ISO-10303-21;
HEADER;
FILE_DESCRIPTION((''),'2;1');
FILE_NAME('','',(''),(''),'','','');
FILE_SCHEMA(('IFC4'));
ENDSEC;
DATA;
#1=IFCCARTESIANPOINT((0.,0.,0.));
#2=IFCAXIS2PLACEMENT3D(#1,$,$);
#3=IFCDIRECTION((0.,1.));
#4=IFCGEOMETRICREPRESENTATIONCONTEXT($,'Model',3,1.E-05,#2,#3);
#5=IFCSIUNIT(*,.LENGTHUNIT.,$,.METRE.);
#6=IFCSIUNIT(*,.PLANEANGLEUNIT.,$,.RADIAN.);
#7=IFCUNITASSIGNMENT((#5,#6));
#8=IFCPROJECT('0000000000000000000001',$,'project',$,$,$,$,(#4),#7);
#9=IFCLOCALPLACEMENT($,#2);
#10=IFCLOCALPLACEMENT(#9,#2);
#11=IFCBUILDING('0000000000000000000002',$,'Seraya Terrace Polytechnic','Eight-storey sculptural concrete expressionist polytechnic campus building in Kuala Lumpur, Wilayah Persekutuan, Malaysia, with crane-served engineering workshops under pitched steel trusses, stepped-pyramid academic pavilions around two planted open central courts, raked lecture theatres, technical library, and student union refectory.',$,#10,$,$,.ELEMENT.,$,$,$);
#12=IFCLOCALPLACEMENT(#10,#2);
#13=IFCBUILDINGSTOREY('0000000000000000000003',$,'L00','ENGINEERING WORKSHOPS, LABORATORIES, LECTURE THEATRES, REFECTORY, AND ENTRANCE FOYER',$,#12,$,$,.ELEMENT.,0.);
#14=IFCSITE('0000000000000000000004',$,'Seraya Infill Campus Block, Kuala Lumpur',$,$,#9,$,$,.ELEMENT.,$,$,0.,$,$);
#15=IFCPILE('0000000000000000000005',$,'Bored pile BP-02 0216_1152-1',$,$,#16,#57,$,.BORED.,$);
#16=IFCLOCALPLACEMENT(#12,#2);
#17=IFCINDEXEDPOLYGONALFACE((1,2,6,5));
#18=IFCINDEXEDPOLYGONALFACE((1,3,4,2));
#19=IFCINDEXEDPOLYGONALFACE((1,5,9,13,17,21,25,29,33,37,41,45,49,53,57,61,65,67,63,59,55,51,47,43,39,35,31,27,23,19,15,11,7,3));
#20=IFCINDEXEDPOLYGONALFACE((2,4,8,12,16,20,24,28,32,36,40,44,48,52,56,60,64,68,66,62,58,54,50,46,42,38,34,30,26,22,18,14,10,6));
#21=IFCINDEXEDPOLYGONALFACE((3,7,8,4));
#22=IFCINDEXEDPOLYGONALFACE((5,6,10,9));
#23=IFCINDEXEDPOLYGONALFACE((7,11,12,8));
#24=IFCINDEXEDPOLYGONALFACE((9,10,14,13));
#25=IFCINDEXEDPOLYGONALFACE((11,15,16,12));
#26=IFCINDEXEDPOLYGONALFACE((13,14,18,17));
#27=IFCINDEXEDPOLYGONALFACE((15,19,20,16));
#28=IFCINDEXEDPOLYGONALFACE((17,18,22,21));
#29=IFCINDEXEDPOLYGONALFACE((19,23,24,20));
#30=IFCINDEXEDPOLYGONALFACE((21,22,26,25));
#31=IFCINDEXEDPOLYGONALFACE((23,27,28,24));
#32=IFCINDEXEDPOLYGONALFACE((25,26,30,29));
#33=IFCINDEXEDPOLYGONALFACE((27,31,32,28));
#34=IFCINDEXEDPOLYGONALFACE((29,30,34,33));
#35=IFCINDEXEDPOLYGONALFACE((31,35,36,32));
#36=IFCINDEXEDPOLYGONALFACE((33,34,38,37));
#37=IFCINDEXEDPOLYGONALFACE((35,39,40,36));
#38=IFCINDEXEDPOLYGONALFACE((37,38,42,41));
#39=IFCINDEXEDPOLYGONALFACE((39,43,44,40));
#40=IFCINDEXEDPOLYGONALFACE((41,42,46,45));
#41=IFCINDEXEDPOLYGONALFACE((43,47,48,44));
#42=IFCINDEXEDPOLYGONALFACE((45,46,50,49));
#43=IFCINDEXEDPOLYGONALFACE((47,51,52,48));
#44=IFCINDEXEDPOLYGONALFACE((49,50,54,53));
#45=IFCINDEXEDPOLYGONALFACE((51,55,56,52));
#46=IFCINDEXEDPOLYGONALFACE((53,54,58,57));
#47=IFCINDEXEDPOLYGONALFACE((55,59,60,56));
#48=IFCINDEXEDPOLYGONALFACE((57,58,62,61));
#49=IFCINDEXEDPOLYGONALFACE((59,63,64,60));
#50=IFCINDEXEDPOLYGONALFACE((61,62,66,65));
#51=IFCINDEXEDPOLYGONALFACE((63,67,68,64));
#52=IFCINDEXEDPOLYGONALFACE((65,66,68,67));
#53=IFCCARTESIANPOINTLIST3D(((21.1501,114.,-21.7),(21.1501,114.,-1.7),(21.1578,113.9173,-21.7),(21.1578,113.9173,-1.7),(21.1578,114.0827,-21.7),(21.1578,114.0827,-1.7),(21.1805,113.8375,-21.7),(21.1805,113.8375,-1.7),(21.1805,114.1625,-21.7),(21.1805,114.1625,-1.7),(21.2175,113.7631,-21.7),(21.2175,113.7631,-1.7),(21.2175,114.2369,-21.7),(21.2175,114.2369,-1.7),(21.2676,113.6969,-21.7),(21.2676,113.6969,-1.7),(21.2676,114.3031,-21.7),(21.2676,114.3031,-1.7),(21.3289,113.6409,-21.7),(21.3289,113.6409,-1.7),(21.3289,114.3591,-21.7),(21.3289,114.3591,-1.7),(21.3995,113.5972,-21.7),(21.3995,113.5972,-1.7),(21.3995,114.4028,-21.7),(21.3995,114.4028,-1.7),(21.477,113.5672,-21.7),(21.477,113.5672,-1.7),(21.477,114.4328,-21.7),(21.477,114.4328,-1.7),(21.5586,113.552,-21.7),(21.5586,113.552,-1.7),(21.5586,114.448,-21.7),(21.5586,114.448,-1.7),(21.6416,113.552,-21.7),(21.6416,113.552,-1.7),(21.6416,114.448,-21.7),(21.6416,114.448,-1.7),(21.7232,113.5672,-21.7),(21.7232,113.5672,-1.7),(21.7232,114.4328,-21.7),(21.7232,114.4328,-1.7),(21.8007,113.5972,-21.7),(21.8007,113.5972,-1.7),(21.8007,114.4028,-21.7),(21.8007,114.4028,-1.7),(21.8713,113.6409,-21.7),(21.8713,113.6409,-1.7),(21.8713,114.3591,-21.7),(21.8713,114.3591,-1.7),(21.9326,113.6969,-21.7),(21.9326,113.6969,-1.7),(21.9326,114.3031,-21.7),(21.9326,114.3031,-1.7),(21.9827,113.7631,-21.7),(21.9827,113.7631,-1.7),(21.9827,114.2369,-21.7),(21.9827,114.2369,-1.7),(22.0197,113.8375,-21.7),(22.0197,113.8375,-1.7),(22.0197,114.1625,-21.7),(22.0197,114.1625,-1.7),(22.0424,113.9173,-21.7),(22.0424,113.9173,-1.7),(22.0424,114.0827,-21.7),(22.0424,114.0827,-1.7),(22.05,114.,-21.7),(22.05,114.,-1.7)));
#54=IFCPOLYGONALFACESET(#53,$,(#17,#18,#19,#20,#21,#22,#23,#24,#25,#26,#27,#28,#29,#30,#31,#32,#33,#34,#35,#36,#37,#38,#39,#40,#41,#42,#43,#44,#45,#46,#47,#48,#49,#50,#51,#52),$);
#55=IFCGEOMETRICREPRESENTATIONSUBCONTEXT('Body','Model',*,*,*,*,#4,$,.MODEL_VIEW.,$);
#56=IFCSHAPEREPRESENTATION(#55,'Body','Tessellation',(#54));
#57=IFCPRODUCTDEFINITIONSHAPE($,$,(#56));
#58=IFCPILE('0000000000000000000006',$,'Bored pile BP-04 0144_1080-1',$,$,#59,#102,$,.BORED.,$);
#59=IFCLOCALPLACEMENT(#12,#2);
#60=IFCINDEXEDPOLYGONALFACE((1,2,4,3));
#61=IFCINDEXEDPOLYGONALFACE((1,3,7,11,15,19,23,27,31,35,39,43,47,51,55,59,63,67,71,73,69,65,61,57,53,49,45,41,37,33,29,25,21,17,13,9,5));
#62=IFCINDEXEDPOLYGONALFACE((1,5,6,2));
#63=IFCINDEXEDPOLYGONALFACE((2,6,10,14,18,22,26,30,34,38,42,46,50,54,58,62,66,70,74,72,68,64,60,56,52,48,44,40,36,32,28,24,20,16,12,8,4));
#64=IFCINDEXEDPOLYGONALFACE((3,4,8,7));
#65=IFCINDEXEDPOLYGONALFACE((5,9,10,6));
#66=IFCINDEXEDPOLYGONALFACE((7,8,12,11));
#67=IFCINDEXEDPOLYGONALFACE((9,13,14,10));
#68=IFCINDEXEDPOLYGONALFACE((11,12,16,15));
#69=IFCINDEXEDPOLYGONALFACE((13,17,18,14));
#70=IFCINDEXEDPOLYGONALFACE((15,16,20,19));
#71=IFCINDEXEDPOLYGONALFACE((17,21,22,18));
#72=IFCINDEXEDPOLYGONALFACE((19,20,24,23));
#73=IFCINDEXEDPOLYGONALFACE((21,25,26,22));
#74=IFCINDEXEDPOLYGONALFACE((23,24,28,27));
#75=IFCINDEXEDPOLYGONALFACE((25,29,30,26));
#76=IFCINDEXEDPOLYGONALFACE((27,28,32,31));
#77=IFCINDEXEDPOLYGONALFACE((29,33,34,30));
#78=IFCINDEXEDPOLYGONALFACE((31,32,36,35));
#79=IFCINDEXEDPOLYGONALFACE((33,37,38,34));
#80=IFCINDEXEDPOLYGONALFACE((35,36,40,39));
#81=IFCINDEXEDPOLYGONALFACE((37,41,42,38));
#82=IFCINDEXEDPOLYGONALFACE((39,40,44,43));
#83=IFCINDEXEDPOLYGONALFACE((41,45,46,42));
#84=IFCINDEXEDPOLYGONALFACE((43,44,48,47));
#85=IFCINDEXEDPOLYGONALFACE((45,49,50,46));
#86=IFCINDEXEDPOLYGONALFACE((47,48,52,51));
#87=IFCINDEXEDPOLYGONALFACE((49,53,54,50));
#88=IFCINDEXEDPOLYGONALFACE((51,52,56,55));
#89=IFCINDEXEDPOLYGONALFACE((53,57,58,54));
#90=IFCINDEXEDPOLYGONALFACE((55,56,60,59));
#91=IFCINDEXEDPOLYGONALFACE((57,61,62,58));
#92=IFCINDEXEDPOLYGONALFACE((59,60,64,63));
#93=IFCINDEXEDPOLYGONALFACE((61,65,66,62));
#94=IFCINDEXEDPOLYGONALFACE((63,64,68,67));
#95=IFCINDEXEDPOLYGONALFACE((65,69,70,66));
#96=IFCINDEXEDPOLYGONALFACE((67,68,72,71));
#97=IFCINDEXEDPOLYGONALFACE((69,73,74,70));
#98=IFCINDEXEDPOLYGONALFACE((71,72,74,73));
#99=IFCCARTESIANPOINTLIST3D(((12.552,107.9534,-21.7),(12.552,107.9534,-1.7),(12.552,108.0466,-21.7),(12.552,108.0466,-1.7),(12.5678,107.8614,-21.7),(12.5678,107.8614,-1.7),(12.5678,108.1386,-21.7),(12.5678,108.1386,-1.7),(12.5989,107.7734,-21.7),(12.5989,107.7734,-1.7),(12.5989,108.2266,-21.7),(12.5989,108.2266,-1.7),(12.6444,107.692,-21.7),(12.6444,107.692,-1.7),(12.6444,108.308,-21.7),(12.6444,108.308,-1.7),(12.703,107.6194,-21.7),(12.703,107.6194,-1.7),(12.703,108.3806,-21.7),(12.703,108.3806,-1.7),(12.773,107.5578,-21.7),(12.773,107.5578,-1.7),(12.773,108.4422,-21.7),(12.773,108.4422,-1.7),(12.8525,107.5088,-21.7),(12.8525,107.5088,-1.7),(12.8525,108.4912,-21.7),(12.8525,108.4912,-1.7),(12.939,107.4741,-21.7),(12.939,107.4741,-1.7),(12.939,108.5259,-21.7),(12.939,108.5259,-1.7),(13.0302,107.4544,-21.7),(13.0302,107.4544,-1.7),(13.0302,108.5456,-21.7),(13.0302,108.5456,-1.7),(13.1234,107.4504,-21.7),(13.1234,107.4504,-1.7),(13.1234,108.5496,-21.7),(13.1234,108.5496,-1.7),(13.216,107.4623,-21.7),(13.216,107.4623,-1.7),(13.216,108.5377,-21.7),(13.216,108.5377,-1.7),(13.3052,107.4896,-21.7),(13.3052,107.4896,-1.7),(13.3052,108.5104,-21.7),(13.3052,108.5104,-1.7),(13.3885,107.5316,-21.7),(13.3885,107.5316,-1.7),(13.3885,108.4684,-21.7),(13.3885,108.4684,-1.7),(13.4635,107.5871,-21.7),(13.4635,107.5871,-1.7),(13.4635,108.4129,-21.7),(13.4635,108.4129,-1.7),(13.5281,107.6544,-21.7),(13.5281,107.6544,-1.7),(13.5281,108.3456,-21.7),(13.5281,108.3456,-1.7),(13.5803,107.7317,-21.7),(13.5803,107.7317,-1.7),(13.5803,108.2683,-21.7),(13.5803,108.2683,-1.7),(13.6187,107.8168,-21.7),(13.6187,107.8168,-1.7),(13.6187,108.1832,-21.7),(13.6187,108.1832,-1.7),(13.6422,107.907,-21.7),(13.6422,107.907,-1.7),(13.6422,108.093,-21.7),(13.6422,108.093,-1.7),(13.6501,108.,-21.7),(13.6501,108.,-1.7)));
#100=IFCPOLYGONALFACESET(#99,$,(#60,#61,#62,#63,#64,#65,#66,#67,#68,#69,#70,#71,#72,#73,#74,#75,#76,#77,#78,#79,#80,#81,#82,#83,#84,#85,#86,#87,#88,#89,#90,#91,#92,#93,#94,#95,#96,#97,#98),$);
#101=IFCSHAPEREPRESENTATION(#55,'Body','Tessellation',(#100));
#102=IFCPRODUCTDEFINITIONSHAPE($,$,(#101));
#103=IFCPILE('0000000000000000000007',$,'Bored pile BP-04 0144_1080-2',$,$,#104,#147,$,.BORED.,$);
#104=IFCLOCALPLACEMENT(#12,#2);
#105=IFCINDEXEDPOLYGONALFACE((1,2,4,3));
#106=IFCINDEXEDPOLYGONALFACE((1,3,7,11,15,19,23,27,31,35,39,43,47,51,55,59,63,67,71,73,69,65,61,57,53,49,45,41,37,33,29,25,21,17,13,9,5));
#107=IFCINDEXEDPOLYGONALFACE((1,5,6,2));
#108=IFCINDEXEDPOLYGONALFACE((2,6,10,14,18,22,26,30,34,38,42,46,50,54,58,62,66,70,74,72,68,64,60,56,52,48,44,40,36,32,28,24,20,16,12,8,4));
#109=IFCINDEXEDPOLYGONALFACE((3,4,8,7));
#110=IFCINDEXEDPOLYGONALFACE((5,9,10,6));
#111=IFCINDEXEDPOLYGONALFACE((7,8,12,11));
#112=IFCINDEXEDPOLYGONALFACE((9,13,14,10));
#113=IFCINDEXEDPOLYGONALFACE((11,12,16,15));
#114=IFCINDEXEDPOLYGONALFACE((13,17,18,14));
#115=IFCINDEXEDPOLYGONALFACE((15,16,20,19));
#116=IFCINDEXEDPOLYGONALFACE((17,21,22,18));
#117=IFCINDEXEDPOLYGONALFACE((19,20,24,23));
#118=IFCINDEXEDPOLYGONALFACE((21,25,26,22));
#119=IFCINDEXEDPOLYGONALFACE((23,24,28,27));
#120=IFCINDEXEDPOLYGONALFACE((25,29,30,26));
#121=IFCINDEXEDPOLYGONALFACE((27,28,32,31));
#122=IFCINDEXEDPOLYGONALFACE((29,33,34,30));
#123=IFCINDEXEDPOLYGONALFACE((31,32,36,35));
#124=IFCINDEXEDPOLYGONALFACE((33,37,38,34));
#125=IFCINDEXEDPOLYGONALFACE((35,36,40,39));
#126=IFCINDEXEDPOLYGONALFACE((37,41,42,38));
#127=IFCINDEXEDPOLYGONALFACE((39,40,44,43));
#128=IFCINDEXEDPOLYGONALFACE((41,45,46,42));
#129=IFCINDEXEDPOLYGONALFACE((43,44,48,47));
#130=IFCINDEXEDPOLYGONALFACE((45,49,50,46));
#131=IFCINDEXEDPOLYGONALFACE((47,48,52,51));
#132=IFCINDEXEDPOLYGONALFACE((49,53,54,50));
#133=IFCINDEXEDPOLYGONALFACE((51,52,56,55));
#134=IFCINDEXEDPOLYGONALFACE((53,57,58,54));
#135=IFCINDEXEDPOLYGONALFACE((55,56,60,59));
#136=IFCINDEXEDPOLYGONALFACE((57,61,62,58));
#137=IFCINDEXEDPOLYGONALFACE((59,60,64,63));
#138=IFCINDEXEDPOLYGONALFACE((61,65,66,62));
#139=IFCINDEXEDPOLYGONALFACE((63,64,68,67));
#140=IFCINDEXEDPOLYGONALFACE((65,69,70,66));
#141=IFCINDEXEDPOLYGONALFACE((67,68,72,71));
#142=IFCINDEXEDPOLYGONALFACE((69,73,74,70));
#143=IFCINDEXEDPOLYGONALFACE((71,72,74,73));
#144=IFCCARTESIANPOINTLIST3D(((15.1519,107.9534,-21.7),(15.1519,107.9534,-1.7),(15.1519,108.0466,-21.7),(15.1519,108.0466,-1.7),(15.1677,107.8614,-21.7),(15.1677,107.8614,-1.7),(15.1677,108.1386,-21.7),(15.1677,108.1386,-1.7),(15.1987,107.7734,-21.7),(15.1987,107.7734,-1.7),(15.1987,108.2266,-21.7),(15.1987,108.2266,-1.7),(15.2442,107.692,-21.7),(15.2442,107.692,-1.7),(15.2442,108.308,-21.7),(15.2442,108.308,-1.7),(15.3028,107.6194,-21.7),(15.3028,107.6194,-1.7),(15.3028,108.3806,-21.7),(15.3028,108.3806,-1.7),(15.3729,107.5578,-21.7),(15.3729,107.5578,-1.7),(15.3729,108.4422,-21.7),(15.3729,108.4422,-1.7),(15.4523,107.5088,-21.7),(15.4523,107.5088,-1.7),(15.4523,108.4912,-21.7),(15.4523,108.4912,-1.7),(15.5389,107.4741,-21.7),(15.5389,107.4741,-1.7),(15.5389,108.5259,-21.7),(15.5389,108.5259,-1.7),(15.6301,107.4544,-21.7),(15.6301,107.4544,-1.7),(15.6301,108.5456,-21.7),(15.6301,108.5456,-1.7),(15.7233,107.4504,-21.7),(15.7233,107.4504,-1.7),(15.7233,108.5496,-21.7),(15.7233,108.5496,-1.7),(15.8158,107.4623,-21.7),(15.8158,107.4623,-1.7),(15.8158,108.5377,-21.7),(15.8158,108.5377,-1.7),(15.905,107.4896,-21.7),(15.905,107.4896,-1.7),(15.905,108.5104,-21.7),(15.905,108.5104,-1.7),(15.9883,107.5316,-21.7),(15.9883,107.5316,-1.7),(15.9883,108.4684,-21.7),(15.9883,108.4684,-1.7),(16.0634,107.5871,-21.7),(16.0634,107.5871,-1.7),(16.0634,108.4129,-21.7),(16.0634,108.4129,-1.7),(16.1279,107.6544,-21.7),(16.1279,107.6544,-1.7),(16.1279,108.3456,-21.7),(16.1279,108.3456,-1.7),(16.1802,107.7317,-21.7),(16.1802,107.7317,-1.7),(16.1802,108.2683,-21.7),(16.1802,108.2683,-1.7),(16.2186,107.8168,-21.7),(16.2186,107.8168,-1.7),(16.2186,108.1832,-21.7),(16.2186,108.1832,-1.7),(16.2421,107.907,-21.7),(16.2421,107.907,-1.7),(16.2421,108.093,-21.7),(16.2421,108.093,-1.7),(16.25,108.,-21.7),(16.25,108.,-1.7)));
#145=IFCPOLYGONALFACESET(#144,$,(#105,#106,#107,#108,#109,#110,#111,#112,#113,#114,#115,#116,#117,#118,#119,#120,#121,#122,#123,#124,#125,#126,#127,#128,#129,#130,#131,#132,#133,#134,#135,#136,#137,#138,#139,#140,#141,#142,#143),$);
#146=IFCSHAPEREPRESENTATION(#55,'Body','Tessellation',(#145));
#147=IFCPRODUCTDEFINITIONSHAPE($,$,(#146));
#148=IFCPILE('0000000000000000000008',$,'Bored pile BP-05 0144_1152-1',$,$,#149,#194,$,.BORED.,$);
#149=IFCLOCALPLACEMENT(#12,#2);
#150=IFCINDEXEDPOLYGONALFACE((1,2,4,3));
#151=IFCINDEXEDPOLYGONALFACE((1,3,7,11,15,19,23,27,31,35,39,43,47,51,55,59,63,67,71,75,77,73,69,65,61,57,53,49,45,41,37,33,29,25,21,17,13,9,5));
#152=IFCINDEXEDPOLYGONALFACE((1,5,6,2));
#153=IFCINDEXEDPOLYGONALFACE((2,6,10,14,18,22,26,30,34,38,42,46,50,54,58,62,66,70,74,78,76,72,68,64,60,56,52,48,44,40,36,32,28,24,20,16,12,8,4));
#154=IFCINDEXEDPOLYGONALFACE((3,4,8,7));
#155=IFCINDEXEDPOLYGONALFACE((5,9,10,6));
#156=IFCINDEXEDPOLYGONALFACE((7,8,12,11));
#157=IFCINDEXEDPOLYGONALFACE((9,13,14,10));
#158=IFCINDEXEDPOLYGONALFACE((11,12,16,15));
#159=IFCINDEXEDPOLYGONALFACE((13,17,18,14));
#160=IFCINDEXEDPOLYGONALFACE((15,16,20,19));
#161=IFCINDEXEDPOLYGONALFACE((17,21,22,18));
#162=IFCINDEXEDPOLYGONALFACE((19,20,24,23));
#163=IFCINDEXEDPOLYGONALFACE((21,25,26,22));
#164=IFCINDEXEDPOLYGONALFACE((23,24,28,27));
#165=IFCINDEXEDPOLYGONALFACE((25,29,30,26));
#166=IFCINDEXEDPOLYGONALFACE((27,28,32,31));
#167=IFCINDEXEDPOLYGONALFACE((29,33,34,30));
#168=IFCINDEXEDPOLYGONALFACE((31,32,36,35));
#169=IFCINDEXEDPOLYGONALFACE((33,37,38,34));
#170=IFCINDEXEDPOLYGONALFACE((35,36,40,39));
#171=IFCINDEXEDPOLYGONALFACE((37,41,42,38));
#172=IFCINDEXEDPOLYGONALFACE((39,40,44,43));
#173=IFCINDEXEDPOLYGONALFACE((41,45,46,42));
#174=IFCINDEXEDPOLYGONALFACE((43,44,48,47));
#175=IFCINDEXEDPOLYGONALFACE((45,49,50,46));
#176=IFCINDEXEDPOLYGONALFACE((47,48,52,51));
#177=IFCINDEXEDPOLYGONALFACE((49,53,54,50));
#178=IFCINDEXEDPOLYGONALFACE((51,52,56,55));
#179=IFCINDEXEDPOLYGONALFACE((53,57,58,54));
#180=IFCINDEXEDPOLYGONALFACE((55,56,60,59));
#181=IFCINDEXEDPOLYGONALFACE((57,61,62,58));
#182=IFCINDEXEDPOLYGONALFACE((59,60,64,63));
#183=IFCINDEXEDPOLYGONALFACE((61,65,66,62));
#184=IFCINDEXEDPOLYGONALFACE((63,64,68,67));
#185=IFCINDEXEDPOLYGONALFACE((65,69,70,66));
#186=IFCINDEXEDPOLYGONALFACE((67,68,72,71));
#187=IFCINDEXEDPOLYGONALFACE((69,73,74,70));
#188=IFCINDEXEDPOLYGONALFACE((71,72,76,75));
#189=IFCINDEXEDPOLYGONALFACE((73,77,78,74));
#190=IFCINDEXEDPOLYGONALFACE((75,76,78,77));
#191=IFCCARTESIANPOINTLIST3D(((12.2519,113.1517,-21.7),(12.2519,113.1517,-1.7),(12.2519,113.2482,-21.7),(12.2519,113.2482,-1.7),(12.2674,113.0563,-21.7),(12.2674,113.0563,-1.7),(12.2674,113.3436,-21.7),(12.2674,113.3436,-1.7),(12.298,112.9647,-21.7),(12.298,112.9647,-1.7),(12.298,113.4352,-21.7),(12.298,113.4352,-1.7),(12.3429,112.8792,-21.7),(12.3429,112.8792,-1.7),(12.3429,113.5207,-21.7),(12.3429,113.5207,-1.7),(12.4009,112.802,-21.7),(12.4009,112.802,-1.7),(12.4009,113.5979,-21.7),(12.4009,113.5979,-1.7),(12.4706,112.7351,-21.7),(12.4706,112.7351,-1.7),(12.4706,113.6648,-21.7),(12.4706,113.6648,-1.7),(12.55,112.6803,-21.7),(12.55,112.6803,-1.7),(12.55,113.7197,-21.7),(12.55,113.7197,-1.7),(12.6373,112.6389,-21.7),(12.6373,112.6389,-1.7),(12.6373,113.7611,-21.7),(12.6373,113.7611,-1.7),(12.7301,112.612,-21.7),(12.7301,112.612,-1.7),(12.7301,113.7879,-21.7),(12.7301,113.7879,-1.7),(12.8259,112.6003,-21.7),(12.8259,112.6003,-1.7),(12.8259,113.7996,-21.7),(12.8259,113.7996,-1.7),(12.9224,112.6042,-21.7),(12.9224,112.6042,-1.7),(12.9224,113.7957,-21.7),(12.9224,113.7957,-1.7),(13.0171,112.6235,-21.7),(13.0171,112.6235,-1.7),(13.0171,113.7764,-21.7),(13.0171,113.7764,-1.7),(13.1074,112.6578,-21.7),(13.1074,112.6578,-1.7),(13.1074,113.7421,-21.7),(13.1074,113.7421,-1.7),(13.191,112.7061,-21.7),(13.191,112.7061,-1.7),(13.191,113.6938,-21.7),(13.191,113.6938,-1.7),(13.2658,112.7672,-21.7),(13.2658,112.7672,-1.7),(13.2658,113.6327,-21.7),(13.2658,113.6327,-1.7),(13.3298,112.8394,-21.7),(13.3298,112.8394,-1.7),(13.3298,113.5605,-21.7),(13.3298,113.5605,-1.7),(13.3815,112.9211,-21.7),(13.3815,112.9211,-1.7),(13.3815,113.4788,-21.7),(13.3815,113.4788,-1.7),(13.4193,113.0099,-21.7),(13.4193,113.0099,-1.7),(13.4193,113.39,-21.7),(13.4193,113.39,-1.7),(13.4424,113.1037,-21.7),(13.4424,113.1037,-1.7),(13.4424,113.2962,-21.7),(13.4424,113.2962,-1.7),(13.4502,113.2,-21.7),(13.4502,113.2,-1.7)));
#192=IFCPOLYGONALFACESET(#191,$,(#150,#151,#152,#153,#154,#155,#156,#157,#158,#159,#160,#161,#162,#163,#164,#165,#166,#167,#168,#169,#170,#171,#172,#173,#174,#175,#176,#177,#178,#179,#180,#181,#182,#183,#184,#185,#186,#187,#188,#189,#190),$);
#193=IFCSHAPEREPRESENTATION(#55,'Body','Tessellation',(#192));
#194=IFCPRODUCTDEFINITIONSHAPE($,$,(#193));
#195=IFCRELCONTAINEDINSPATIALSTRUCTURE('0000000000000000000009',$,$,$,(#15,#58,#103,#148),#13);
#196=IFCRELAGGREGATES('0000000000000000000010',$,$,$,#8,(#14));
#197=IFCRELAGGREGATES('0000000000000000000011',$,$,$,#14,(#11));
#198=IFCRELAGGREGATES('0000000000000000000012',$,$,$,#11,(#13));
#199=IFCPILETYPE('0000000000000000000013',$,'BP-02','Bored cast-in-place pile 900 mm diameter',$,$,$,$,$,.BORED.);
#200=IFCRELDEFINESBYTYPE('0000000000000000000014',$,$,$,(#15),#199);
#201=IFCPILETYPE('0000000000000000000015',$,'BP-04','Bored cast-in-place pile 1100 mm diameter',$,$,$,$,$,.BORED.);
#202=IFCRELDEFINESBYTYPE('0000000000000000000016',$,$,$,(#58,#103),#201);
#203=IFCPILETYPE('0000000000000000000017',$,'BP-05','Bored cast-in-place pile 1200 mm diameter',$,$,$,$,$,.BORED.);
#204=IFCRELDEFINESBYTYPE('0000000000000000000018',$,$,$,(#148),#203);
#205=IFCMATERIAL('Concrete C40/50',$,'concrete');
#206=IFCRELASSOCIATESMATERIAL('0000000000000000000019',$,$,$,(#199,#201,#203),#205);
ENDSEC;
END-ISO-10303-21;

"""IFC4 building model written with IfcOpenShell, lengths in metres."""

from ifc_helpers import new_model, si_unit, direction, frame, origin, origin_2d, place, context, subcontext, project, spatial, circle, extrude, material, material_profile, profile_set, type_object, element, save


model = new_model("IFC4")

# Units and contexts
model_context = context("Model", 3, precision=1e-05, world=origin(), true_north=direction((0.0, 1.0)))
body_context = subcontext(model_context, "Body", "Model", "MODEL_VIEW")
ifc_project = project(units=[si_unit("LENGTHUNIT", "METRE"), si_unit("PLANEANGLEUNIT", "RADIAN")], contexts=[model_context])

# Site, building, storey
site_placement = place(None, origin())
site = spatial("IfcSite", under=ifc_project, at=site_placement, Name="Seraya Infill Campus Block, Kuala Lumpur", CompositionType="ELEMENT", RefElevation=0.0)
building_placement = place(site_placement, origin())
building = spatial("IfcBuilding", under=site, at=building_placement, Name="Seraya Terrace Polytechnic", Description="Eight-storey sculptural concrete expressionist polytechnic campus building in Kuala Lumpur, Wilayah Persekutuan, Malaysia, with crane-served engineering workshops under pitched steel trusses, stepped-pyramid academic pavilions around two planted open central courts, raked lecture theatres, technical library, and student union refectory.", CompositionType="ELEMENT")
storey_placement = place(building_placement, origin())
storey = spatial("IfcBuildingStorey", under=building, at=storey_placement, Name="L00", Description="ENGINEERING WORKSHOPS, LABORATORIES, LECTURE THEATRES, REFECTORY, AND ENTRANCE FOYER", CompositionType="ELEMENT", Elevation=0.0)

# Piles
ifc_material_1 = material(Name="Concrete C40/50", Category="concrete")
ifc_material_profile_1 = material_profile(ifc_material_1, circle(Radius=0.45, at=origin_2d()), Name="DIA 900")
ifc_profile_set_1 = profile_set([ifc_material_profile_1], Name="Concrete C40/50")
pile_type_1 = type_object("IfcPileType", Name="BP-02", Description="Bored cast-in-place pile 900 mm diameter", PredefinedType="BORED", material=ifc_profile_set_1)
pile_placement = place(storey_placement, frame((21.6001, 114.0, -1.7), z_axis=(0.0, 0.0, -1.0), x_axis=(1.0, 0.0, 0.0)))
element("IfcPile", 1, at=pile_placement, inside=storey, type_object=pile_type_1, Name="Bored pile BP-02 0216_1152-1", PredefinedType="BORED", context=body_context, shape_type="SweptSolid", body=[
    extrude(circle(Radius=0.45, at=origin_2d()), origin(), (0.0, 0.0, 1.0), 20.0),
])
ifc_material_profile_2 = material_profile(ifc_material_1, circle(Radius=0.55, at=origin_2d()), Name="DIA 1100")
ifc_profile_set_2 = profile_set([ifc_material_profile_2], Name="Concrete C40/50")
pile_type_2 = type_object("IfcPileType", Name="BP-04", Description="Bored cast-in-place pile 1100 mm diameter", PredefinedType="BORED", material=ifc_profile_set_2)
for number, where, z_axis, x_axis, name in (
    (2, (13.1001, 108.0, -1.7), (0.0, 0.0, -1.0), (1.0, 0.0, 0.0), "Bored pile BP-04 0144_1080-1"),
    (3, (15.7, 108.0, -1.7), (0.0, 0.0, -1.0), (1.0, 0.0, 0.0), "Bored pile BP-04 0144_1080-2"),
):
    element("IfcPile", number, at=place(storey_placement, frame(where, z_axis=z_axis, x_axis=x_axis)), inside=storey, type_object=pile_type_2, Name=name, PredefinedType="BORED", context=body_context, shape_type="SweptSolid", body=[
        extrude(circle(Radius=0.55, at=origin_2d()), origin(), (0.0, 0.0, 1.0), 20.0),
    ])
ifc_material_profile_3 = material_profile(ifc_material_1, circle(Radius=0.6001, at=origin_2d()), Name="DIA 1200")
ifc_profile_set_3 = profile_set([ifc_material_profile_3], Name="Concrete C40/50")
pile_type_3 = type_object("IfcPileType", Name="BP-05", Description="Bored cast-in-place pile 1200 mm diameter", PredefinedType="BORED", material=ifc_profile_set_3)
for number, where, z_axis, x_axis, name in (
    (4, (12.8501, 113.2, -1.7), (0.0, 0.0, -1.0), (1.0, 0.0, 0.0), "Bored pile BP-05 0144_1152-1"),
):
    element("IfcPile", number, at=place(storey_placement, frame(where, z_axis=z_axis, x_axis=x_axis)), inside=storey, type_object=pile_type_3, Name=name, PredefinedType="BORED", context=body_context, shape_type="SweptSolid", body=[
        extrude(circle(Radius=0.6001, at=origin_2d()), origin(), (0.0, 0.0, 1.0), 20.0),
    ])

save(model, "model.ifc")
